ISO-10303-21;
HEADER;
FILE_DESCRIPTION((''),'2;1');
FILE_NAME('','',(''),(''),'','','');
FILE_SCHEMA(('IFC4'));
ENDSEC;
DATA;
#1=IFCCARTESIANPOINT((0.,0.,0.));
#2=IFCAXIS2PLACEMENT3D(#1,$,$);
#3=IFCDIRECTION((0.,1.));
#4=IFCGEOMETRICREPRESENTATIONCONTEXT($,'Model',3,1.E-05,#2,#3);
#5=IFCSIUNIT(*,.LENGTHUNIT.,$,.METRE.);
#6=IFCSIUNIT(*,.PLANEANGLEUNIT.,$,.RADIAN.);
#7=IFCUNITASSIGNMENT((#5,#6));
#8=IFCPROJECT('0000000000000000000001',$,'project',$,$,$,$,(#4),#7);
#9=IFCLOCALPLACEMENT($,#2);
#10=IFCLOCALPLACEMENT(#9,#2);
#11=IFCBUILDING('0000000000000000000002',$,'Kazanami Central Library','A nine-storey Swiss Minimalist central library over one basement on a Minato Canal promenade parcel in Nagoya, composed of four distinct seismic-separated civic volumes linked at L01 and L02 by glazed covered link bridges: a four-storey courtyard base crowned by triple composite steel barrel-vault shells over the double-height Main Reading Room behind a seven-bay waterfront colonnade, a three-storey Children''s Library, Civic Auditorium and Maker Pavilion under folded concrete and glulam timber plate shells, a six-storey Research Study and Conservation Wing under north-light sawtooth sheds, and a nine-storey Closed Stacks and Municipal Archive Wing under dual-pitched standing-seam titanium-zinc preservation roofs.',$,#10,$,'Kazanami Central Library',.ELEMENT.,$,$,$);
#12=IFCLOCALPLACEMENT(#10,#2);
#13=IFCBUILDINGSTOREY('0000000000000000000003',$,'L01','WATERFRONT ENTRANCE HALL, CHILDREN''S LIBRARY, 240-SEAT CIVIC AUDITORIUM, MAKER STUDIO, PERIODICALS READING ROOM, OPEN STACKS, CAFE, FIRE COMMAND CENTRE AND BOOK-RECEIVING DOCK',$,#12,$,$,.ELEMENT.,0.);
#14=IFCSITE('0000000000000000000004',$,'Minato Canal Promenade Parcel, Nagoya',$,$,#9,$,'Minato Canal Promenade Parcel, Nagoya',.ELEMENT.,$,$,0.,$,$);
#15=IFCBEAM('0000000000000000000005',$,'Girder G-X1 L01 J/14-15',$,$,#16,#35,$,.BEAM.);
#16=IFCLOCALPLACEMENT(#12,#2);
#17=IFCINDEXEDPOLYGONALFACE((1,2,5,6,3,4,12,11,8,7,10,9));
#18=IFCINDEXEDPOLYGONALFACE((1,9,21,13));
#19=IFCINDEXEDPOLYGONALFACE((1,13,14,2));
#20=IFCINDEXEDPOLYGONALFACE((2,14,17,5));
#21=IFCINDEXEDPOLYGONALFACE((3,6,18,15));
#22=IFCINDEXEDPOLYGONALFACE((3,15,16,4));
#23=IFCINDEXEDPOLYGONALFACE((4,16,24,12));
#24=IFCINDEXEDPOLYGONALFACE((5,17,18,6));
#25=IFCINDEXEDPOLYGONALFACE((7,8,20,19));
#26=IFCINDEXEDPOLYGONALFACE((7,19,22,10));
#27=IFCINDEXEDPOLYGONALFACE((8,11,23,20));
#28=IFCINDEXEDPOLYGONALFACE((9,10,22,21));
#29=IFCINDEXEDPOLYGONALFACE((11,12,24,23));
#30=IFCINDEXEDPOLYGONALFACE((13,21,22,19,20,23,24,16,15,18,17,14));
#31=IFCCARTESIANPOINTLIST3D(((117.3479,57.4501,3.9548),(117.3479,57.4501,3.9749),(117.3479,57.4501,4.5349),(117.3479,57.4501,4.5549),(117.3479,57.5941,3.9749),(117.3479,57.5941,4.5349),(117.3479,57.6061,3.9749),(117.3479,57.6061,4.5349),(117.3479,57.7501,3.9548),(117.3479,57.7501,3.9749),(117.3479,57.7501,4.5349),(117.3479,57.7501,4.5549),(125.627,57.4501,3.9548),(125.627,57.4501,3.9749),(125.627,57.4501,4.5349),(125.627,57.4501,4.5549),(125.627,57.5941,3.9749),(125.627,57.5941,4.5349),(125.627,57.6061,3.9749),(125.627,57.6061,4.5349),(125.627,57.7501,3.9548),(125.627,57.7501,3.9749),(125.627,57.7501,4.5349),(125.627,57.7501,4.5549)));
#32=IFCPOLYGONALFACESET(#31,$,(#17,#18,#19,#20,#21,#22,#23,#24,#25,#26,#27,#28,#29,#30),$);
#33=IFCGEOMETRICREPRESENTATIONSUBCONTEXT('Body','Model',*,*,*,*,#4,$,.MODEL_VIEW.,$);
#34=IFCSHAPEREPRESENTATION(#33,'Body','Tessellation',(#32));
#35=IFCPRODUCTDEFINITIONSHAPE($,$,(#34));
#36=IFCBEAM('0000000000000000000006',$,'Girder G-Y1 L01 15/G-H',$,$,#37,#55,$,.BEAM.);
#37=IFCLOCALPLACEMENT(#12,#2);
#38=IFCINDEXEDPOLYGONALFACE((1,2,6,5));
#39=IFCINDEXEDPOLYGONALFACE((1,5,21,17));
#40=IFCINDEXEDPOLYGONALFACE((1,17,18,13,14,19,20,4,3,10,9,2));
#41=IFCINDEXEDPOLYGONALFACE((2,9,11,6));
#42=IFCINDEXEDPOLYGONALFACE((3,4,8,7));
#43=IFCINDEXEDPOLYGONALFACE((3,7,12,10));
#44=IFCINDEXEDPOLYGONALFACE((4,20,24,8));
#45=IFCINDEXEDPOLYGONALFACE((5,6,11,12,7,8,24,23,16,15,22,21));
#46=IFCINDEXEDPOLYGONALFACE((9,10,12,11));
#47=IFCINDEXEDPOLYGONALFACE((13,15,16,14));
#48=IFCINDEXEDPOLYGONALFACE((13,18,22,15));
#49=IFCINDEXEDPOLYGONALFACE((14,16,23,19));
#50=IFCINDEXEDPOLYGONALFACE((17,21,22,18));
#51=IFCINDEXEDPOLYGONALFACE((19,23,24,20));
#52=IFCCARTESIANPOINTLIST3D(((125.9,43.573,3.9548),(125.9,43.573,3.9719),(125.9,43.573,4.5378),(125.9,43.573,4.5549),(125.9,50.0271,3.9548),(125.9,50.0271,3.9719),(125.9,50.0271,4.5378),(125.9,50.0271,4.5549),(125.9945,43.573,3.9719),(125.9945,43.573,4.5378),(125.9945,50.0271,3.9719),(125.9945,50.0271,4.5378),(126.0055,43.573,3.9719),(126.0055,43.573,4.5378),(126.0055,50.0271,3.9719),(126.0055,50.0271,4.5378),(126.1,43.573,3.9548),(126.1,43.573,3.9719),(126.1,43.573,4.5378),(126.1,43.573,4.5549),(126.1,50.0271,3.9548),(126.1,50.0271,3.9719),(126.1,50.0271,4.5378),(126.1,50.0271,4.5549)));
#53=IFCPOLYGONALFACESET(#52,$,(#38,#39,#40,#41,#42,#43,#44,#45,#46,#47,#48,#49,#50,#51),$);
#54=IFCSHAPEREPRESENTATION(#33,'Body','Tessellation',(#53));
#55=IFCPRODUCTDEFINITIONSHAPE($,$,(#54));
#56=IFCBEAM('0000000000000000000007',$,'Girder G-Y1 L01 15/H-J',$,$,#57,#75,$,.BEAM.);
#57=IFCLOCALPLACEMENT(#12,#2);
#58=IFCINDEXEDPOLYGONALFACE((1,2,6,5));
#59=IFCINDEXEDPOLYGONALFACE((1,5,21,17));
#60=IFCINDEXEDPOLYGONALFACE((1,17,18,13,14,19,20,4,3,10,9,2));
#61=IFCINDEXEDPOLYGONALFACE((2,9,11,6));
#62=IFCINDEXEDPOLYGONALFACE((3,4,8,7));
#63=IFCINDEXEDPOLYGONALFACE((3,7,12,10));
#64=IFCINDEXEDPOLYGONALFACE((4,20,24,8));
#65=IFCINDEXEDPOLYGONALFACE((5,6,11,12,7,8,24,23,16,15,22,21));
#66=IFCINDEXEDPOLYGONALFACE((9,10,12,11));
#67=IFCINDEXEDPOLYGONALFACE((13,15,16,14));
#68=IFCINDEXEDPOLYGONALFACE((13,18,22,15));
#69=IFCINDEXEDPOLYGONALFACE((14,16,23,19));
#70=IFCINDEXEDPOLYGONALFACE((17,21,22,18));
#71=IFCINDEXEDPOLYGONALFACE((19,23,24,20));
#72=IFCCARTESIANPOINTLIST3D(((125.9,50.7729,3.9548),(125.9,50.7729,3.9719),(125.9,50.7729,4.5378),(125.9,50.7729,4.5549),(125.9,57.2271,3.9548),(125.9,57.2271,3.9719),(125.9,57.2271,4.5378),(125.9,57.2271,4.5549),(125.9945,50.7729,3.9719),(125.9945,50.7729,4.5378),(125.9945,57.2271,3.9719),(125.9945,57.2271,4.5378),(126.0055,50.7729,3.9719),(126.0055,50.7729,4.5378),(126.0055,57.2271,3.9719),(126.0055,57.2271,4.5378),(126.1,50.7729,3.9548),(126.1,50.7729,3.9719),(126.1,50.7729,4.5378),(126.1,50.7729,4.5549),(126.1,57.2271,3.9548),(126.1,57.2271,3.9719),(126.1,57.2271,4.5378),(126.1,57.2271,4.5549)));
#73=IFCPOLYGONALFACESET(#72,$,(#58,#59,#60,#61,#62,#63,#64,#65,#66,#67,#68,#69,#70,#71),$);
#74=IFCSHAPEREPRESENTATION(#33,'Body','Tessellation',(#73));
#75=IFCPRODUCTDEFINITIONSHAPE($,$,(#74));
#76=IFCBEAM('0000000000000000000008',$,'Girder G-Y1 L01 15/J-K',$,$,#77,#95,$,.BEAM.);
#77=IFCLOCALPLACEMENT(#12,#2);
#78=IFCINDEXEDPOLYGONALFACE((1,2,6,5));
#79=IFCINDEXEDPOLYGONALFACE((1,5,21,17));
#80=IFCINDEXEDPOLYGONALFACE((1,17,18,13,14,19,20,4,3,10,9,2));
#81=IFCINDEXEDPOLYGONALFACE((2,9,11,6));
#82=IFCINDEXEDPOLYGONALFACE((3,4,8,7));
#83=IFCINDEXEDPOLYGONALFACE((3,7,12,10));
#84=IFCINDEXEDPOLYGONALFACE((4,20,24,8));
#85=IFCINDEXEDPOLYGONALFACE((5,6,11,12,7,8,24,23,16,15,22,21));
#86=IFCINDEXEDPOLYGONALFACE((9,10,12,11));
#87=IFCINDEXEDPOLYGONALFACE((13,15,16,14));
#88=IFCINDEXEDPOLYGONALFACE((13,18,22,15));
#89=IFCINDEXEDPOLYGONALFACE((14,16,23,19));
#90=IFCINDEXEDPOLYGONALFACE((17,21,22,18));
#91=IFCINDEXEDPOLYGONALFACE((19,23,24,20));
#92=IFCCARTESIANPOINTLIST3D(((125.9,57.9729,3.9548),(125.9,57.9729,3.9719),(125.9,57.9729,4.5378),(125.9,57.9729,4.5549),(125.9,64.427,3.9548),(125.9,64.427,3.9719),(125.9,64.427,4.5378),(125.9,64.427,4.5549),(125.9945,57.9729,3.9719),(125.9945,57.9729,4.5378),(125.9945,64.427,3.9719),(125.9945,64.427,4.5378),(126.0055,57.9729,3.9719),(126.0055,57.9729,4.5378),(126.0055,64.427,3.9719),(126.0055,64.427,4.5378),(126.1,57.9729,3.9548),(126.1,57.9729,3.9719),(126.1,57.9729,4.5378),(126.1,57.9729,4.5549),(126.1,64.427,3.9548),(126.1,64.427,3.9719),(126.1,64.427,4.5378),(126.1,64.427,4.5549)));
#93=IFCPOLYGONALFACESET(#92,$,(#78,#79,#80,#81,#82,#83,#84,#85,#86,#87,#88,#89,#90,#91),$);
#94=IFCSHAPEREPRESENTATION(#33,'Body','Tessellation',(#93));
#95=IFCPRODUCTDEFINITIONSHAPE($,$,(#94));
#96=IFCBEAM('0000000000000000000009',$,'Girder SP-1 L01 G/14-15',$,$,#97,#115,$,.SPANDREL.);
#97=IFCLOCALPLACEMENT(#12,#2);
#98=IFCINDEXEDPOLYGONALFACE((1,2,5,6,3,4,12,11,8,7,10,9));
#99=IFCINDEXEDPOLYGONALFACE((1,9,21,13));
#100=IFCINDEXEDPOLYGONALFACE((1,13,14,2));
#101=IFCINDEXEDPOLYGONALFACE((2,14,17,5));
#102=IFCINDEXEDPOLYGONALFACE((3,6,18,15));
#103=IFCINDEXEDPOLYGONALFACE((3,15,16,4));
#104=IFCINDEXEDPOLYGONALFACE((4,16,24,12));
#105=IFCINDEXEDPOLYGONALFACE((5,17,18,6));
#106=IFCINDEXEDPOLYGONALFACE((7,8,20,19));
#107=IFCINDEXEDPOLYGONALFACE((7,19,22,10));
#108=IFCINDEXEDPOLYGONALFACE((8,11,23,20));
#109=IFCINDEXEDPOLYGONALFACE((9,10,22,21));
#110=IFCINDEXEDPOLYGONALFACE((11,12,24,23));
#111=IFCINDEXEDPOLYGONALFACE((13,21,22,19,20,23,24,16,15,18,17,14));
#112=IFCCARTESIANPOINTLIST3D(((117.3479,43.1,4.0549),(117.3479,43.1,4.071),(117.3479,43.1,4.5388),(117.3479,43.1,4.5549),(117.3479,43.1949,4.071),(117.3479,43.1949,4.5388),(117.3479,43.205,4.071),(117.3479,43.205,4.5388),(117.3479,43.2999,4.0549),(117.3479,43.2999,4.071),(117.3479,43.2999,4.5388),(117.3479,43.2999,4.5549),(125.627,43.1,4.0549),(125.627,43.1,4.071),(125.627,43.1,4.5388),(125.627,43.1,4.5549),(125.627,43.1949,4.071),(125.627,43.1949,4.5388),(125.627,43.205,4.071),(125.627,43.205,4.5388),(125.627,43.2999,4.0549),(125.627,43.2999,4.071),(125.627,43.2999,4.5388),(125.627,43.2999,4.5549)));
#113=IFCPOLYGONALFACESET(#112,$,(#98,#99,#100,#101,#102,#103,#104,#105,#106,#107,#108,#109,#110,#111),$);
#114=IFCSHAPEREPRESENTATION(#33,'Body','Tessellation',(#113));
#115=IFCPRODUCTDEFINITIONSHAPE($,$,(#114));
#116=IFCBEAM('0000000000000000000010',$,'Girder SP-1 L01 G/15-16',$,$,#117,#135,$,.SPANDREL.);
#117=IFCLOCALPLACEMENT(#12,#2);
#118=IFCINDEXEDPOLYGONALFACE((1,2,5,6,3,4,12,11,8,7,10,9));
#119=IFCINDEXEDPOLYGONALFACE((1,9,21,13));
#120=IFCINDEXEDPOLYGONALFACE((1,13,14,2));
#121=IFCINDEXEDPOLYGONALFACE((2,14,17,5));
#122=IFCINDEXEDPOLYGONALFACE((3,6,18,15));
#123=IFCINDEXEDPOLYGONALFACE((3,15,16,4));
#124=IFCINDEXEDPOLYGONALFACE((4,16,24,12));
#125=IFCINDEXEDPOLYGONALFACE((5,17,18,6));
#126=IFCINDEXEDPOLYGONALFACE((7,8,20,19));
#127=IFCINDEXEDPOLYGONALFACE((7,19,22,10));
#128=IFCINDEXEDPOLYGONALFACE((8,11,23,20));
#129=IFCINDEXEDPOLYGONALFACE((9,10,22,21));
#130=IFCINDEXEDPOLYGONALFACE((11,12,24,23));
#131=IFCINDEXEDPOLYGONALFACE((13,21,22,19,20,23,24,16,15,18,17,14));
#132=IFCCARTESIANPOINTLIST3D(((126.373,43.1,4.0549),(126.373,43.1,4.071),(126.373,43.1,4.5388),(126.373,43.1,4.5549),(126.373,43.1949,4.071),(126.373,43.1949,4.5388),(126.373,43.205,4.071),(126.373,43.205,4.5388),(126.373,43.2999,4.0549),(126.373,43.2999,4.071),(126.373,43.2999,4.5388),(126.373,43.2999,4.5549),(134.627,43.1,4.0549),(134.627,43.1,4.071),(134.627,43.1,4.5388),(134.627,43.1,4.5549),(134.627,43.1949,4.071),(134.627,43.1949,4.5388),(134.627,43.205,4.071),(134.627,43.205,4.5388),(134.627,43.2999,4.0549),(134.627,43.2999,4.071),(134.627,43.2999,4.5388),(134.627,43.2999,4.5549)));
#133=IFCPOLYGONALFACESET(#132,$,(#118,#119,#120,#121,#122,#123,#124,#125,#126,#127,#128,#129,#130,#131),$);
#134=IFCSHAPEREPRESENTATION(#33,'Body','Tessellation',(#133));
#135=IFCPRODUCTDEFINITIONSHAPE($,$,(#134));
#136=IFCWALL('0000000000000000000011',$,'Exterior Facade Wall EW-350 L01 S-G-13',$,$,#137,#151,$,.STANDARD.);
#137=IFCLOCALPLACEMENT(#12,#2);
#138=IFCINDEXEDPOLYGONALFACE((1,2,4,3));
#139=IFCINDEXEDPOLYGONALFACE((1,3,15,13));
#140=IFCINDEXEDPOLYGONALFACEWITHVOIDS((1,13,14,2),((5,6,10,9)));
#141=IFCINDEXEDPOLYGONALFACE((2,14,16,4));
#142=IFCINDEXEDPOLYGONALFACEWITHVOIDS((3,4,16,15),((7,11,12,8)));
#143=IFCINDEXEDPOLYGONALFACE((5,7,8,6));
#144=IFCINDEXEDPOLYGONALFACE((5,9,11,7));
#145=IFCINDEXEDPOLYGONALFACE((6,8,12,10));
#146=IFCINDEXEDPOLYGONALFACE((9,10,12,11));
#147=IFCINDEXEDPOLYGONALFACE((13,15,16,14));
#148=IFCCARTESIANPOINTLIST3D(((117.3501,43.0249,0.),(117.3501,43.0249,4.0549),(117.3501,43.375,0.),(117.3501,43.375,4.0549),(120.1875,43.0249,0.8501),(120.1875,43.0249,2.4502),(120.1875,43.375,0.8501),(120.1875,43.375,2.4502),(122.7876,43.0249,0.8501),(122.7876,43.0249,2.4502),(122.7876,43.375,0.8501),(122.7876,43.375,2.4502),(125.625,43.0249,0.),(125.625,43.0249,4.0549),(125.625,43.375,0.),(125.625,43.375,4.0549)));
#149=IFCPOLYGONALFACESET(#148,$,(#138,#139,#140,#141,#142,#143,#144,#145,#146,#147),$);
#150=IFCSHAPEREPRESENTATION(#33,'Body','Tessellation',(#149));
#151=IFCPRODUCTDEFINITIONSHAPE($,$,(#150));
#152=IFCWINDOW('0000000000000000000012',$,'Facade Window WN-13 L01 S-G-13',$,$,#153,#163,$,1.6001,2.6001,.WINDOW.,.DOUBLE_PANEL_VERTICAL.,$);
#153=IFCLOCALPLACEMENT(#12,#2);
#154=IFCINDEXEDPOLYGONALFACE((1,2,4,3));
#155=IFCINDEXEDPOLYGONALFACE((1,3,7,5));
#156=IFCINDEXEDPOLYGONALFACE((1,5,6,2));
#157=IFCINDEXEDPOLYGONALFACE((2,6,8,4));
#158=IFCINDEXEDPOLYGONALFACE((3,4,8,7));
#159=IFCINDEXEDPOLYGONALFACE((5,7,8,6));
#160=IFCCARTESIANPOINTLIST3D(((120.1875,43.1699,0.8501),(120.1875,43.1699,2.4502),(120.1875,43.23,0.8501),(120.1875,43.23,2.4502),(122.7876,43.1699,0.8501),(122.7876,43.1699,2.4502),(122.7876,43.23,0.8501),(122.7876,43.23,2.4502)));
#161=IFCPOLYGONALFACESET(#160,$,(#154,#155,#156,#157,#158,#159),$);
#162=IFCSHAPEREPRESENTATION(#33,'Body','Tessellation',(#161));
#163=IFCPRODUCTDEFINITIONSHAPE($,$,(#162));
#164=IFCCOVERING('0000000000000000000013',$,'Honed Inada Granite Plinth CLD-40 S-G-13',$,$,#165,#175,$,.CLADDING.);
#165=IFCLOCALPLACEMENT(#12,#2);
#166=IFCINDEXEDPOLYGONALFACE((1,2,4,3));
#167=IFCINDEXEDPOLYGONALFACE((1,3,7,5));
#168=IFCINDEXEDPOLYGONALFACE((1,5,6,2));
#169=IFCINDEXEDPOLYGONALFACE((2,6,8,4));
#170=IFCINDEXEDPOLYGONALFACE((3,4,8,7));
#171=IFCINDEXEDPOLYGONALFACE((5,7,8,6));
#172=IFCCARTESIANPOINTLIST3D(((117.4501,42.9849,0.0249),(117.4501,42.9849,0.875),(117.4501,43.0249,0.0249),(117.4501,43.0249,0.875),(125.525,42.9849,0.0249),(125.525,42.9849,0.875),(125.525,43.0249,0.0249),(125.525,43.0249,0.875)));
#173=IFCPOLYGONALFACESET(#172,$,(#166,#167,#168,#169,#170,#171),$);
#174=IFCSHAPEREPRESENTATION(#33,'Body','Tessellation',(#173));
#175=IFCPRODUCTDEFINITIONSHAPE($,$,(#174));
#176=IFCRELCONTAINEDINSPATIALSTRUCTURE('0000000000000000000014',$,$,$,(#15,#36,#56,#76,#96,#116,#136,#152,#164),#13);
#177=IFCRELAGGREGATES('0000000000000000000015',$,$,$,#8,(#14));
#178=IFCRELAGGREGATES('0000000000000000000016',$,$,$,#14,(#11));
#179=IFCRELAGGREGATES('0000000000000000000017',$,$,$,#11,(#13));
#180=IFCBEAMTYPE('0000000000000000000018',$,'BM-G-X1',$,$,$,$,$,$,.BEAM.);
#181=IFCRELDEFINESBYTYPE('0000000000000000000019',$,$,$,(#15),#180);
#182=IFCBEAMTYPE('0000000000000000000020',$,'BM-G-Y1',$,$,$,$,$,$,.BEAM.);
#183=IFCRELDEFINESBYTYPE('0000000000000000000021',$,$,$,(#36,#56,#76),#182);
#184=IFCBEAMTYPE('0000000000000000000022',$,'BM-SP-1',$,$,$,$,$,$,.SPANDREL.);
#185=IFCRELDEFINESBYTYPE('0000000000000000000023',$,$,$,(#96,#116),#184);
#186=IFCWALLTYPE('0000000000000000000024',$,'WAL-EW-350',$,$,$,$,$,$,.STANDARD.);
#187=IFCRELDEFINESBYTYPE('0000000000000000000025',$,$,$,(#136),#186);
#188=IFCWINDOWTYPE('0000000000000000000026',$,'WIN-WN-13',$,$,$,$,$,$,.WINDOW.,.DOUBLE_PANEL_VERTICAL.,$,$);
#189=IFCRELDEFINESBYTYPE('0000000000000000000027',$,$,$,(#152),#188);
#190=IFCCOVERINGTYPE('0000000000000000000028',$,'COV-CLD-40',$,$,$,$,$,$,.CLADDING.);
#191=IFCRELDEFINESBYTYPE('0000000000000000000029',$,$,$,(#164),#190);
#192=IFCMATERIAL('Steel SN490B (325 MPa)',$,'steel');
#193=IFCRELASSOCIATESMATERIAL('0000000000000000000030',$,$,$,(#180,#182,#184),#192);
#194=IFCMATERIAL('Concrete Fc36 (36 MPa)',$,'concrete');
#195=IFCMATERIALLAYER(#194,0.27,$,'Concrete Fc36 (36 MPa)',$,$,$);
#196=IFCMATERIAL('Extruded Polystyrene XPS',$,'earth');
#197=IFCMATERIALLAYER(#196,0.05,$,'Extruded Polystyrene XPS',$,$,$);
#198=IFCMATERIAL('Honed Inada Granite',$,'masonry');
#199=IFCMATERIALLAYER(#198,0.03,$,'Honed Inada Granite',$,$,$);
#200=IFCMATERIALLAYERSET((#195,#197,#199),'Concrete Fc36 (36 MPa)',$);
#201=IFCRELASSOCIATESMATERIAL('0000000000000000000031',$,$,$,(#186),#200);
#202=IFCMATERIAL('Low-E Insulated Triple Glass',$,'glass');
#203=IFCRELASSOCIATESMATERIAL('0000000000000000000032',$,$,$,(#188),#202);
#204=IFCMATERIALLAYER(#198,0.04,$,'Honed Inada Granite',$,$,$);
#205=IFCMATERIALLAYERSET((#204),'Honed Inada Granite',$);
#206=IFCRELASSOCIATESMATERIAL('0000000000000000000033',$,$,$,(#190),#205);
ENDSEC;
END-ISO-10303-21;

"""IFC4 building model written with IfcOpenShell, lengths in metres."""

from ifc_helpers import new_model, si_unit, direction, frame, frame_2d, origin, origin_2d, place, context, subcontext, project, spatial, rectangle, i_section, extrude, material, layer, layer_set, material_profile, profile_set, type_object, element, fill, save


model = new_model("IFC4")

# Units and contexts
model_context = context("Model", 3, precision=1e-05, world=origin(), true_north=direction((0.0, 1.0)))
body_context = subcontext(model_context, "Body", "Model", "MODEL_VIEW")
ifc_project = project(units=[si_unit("LENGTHUNIT", "METRE"), si_unit("PLANEANGLEUNIT", "RADIAN")], contexts=[model_context])

# Site, building, storey
site_placement = place(None, origin())
site = spatial("IfcSite", under=ifc_project, at=site_placement, Name="Minato Canal Promenade Parcel, Nagoya", LongName="Minato Canal Promenade Parcel, Nagoya", CompositionType="ELEMENT", RefElevation=0.0)
building_placement = place(site_placement, origin())
building = spatial("IfcBuilding", under=site, at=building_placement, Name="Kazanami Central Library", Description="A nine-storey Swiss Minimalist central library over one basement on a Minato Canal promenade parcel in Nagoya, composed of four distinct seismic-separated civic volumes linked at L01 and L02 by glazed covered link bridges: a four-storey courtyard base crowned by triple composite steel barrel-vault shells over the double-height Main Reading Room behind a seven-bay waterfront colonnade, a three-storey Children's Library, Civic Auditorium and Maker Pavilion under folded concrete and glulam timber plate shells, a six-storey Research Study and Conservation Wing under north-light sawtooth sheds, and a nine-storey Closed Stacks and Municipal Archive Wing under dual-pitched standing-seam titanium-zinc preservation roofs.", LongName="Kazanami Central Library", CompositionType="ELEMENT")
storey_placement = place(building_placement, origin())
storey = spatial("IfcBuildingStorey", under=building, at=storey_placement, Name="L01", Description="WATERFRONT ENTRANCE HALL, CHILDREN'S LIBRARY, 240-SEAT CIVIC AUDITORIUM, MAKER STUDIO, PERIODICALS READING ROOM, OPEN STACKS, CAFE, FIRE COMMAND CENTRE AND BOOK-RECEIVING DOCK", CompositionType="ELEMENT", Elevation=0.0)

# Beams
ifc_material_1 = material(Name="Steel SN490B (325 MPa)", Category="steel")
ifc_material_profile_1 = material_profile(ifc_material_1, i_section(OverallWidth=0.3, OverallDepth=0.6001, WebThickness=0.012, FlangeThickness=0.02, at=origin_2d()), Name="H-600x300x12x20")
ifc_profile_set_1 = profile_set([ifc_material_profile_1], Name="Steel SN490B (325 MPa)")
beam_type_1 = type_object("IfcBeamType", Name="BM-G-X1", PredefinedType="BEAM", material=ifc_profile_set_1)
beam_1_placement = place(storey_placement, frame((117.3479, 57.6001, 4.2549), z_axis=(1.0, 0.0, 0.0), x_axis=(0.0, 1.0, 0.0)))
element("IfcBeam", 1, at=beam_1_placement, inside=storey, type_object=beam_type_1, Name="Girder G-X1 L01 J/14-15", PredefinedType="BEAM", context=body_context, shape_type="SweptSolid", body=[
    extrude(i_section(OverallWidth=0.3, OverallDepth=0.6001, WebThickness=0.012, FlangeThickness=0.02, at=origin_2d()), origin(), (0.0, 0.0, 1.0), 8.2791),
])
ifc_material_profile_2 = material_profile(ifc_material_1, i_section(OverallWidth=0.2, OverallDepth=0.6001, WebThickness=0.011, FlangeThickness=0.0171, at=origin_2d()), Name="H-600x200x11x17")
ifc_profile_set_2 = profile_set([ifc_material_profile_2], Name="Steel SN490B (325 MPa)")
beam_type_2 = type_object("IfcBeamType", Name="BM-G-Y1", PredefinedType="BEAM", material=ifc_profile_set_2)
for number, where, z_axis, x_axis, name in (
    (2, (126.0, 43.573, 4.2549), (0.0, 1.0, 0.0), (-1.0, 0.0, 0.0), "Girder G-Y1 L01 15/G-H"),
    (3, (126.0, 50.7729, 4.2549), (0.0, 1.0, 0.0), (-1.0, 0.0, 0.0), "Girder G-Y1 L01 15/H-J"),
    (4, (126.0, 57.9729, 4.2549), (0.0, 1.0, 0.0), (-1.0, 0.0, 0.0), "Girder G-Y1 L01 15/J-K"),
):
    element("IfcBeam", number, at=place(storey_placement, frame(where, z_axis=z_axis, x_axis=x_axis)), inside=storey, type_object=beam_type_2, Name=name, PredefinedType="BEAM", context=body_context, shape_type="SweptSolid", body=[
        extrude(i_section(OverallWidth=0.2, OverallDepth=0.6001, WebThickness=0.011, FlangeThickness=0.0171, at=origin_2d()), origin(), (0.0, 0.0, 1.0), 6.4541),
    ])
ifc_material_profile_3 = material_profile(ifc_material_1, i_section(OverallWidth=0.2, OverallDepth=0.5, WebThickness=0.01, FlangeThickness=0.0161, at=origin_2d()), Name="H-500x200x10x16")
ifc_profile_set_3 = profile_set([ifc_material_profile_3], Name="Steel SN490B (325 MPa)")
beam_type_3 = type_object("IfcBeamType", Name="BM-SP-1", PredefinedType="SPANDREL", material=ifc_profile_set_3)
beam_2_placement = place(storey_placement, frame((117.3479, 43.2, 4.3049), z_axis=(1.0, 0.0, 0.0), x_axis=(0.0, 1.0, 0.0)))
element("IfcBeam", 5, at=beam_2_placement, inside=storey, type_object=beam_type_3, Name="Girder SP-1 L01 G/14-15", PredefinedType="SPANDREL", context=body_context, shape_type="SweptSolid", body=[
    extrude(i_section(OverallWidth=0.2, OverallDepth=0.5, WebThickness=0.01, FlangeThickness=0.0161, at=origin_2d()), origin(), (0.0, 0.0, 1.0), 8.2791),
])
beam_3_placement = place(storey_placement, frame((126.373, 43.2, 4.3049), z_axis=(1.0, 0.0, 0.0), x_axis=(0.0, 1.0, 0.0)))
element("IfcBeam", 6, at=beam_3_placement, inside=storey, type_object=beam_type_3, Name="Girder SP-1 L01 G/15-16", PredefinedType="SPANDREL", context=body_context, shape_type="SweptSolid", body=[
    extrude(i_section(OverallWidth=0.2, OverallDepth=0.5, WebThickness=0.01, FlangeThickness=0.0161, at=origin_2d()), origin(), (0.0, 0.0, 1.0), 8.2539),
])

# Wall, opening, window
ifc_material_2 = material(Name="Concrete Fc36 (36 MPa)", Category="concrete")
ifc_layer_1 = layer(ifc_material_2, 0.27, Name="Concrete Fc36 (36 MPa)")
ifc_material_3 = material(Name="Extruded Polystyrene XPS", Category="earth")
ifc_layer_2 = layer(ifc_material_3, 0.05, Name="Extruded Polystyrene XPS")
ifc_material_4 = material(Name="Honed Inada Granite", Category="masonry")
ifc_layer_3 = layer(ifc_material_4, 0.03, Name="Honed Inada Granite")
ifc_layer_set_1 = layer_set([ifc_layer_1, ifc_layer_2, ifc_layer_3], Name="Concrete Fc36 (36 MPa)")
wall_type = type_object("IfcWallType", Name="WAL-EW-350", PredefinedType="STANDARD", material=ifc_layer_set_1)
wall_placement = place(storey_placement, frame((117.3501, 43.2, 0.0), z_axis=(0.0, 0.0, 1.0), x_axis=(1.0, 0.0, 0.0)))
wall = element("IfcWall", 7, at=wall_placement, inside=storey, type_object=wall_type, Name="Exterior Facade Wall EW-350 L01 S-G-13", PredefinedType="STANDARD", context=body_context, shape_type="SweptSolid", body=[
    extrude(rectangle(XDim=8.2749, YDim=0.3501, at=frame_2d((4.1375, 0.0))), origin(), (0.0, 0.0, 1.0), 4.0549),
])
opening_placement = place(wall_placement, frame((2.8374, 0.0, 0.8501)))
opening = element("IfcOpeningElement", 8, at=opening_placement, cuts=wall, PredefinedType="OPENING", context=body_context, shape_type="SweptSolid", body=[
    extrude(rectangle(XDim=2.6001, YDim=1.6001, at=frame_2d((1.3, 0.8))), frame((0.0, 0.187, 0.0), z_axis=(0.0, -1.0, 0.0), x_axis=(1.0, 0.0, 0.0)), (0.0, 0.0, 1.0), 0.374),
])
ifc_material_5 = material(Name="Low-E Insulated Triple Glass", Category="glass")
window_type = type_object("IfcWindowType", Name="WIN-WN-13", PartitioningType="DOUBLE_PANEL_VERTICAL", PredefinedType="WINDOW", material=ifc_material_5)
window_placement = place(opening_placement, origin())
window = element("IfcWindow", 9, at=window_placement, inside=storey, type_object=window_type, Name="Facade Window WN-13 L01 S-G-13", OverallHeight=1.6001, OverallWidth=2.6001, PartitioningType="DOUBLE_PANEL_VERTICAL", PredefinedType="WINDOW", context=body_context, shape_type="SweptSolid", body=[
    extrude(rectangle(XDim=2.6001, YDim=1.6001, at=frame_2d((1.3, 0.8))), frame((0.0, 0.03, 0.0), z_axis=(0.0, -1.0, 0.0), x_axis=(1.0, 0.0, 0.0)), (0.0, 0.0, 1.0), 0.0601),
])
fill(opening, window)

# Covering
ifc_layer_4 = layer(ifc_material_4, 0.04, Name="Honed Inada Granite")
ifc_layer_set_2 = layer_set([ifc_layer_4], Name="Honed Inada Granite")
covering_type = type_object("IfcCoveringType", Name="COV-CLD-40", PredefinedType="CLADDING", material=ifc_layer_set_2)
covering_placement = place(storey_placement, frame((121.4875, 43.0049, 0.0249), z_axis=(0.0, 0.0, 1.0), x_axis=(1.0, 0.0, 0.0)))
element("IfcCovering", 10, at=covering_placement, inside=storey, type_object=covering_type, Name="Honed Inada Granite Plinth CLD-40 S-G-13", PredefinedType="CLADDING", context=body_context, shape_type="SweptSolid", body=[
    extrude(rectangle(XDim=8.075, YDim=0.04, at=origin_2d()), origin(), (0.0, 0.0, 1.0), 0.8501),
])

save(model, "model.ifc")
